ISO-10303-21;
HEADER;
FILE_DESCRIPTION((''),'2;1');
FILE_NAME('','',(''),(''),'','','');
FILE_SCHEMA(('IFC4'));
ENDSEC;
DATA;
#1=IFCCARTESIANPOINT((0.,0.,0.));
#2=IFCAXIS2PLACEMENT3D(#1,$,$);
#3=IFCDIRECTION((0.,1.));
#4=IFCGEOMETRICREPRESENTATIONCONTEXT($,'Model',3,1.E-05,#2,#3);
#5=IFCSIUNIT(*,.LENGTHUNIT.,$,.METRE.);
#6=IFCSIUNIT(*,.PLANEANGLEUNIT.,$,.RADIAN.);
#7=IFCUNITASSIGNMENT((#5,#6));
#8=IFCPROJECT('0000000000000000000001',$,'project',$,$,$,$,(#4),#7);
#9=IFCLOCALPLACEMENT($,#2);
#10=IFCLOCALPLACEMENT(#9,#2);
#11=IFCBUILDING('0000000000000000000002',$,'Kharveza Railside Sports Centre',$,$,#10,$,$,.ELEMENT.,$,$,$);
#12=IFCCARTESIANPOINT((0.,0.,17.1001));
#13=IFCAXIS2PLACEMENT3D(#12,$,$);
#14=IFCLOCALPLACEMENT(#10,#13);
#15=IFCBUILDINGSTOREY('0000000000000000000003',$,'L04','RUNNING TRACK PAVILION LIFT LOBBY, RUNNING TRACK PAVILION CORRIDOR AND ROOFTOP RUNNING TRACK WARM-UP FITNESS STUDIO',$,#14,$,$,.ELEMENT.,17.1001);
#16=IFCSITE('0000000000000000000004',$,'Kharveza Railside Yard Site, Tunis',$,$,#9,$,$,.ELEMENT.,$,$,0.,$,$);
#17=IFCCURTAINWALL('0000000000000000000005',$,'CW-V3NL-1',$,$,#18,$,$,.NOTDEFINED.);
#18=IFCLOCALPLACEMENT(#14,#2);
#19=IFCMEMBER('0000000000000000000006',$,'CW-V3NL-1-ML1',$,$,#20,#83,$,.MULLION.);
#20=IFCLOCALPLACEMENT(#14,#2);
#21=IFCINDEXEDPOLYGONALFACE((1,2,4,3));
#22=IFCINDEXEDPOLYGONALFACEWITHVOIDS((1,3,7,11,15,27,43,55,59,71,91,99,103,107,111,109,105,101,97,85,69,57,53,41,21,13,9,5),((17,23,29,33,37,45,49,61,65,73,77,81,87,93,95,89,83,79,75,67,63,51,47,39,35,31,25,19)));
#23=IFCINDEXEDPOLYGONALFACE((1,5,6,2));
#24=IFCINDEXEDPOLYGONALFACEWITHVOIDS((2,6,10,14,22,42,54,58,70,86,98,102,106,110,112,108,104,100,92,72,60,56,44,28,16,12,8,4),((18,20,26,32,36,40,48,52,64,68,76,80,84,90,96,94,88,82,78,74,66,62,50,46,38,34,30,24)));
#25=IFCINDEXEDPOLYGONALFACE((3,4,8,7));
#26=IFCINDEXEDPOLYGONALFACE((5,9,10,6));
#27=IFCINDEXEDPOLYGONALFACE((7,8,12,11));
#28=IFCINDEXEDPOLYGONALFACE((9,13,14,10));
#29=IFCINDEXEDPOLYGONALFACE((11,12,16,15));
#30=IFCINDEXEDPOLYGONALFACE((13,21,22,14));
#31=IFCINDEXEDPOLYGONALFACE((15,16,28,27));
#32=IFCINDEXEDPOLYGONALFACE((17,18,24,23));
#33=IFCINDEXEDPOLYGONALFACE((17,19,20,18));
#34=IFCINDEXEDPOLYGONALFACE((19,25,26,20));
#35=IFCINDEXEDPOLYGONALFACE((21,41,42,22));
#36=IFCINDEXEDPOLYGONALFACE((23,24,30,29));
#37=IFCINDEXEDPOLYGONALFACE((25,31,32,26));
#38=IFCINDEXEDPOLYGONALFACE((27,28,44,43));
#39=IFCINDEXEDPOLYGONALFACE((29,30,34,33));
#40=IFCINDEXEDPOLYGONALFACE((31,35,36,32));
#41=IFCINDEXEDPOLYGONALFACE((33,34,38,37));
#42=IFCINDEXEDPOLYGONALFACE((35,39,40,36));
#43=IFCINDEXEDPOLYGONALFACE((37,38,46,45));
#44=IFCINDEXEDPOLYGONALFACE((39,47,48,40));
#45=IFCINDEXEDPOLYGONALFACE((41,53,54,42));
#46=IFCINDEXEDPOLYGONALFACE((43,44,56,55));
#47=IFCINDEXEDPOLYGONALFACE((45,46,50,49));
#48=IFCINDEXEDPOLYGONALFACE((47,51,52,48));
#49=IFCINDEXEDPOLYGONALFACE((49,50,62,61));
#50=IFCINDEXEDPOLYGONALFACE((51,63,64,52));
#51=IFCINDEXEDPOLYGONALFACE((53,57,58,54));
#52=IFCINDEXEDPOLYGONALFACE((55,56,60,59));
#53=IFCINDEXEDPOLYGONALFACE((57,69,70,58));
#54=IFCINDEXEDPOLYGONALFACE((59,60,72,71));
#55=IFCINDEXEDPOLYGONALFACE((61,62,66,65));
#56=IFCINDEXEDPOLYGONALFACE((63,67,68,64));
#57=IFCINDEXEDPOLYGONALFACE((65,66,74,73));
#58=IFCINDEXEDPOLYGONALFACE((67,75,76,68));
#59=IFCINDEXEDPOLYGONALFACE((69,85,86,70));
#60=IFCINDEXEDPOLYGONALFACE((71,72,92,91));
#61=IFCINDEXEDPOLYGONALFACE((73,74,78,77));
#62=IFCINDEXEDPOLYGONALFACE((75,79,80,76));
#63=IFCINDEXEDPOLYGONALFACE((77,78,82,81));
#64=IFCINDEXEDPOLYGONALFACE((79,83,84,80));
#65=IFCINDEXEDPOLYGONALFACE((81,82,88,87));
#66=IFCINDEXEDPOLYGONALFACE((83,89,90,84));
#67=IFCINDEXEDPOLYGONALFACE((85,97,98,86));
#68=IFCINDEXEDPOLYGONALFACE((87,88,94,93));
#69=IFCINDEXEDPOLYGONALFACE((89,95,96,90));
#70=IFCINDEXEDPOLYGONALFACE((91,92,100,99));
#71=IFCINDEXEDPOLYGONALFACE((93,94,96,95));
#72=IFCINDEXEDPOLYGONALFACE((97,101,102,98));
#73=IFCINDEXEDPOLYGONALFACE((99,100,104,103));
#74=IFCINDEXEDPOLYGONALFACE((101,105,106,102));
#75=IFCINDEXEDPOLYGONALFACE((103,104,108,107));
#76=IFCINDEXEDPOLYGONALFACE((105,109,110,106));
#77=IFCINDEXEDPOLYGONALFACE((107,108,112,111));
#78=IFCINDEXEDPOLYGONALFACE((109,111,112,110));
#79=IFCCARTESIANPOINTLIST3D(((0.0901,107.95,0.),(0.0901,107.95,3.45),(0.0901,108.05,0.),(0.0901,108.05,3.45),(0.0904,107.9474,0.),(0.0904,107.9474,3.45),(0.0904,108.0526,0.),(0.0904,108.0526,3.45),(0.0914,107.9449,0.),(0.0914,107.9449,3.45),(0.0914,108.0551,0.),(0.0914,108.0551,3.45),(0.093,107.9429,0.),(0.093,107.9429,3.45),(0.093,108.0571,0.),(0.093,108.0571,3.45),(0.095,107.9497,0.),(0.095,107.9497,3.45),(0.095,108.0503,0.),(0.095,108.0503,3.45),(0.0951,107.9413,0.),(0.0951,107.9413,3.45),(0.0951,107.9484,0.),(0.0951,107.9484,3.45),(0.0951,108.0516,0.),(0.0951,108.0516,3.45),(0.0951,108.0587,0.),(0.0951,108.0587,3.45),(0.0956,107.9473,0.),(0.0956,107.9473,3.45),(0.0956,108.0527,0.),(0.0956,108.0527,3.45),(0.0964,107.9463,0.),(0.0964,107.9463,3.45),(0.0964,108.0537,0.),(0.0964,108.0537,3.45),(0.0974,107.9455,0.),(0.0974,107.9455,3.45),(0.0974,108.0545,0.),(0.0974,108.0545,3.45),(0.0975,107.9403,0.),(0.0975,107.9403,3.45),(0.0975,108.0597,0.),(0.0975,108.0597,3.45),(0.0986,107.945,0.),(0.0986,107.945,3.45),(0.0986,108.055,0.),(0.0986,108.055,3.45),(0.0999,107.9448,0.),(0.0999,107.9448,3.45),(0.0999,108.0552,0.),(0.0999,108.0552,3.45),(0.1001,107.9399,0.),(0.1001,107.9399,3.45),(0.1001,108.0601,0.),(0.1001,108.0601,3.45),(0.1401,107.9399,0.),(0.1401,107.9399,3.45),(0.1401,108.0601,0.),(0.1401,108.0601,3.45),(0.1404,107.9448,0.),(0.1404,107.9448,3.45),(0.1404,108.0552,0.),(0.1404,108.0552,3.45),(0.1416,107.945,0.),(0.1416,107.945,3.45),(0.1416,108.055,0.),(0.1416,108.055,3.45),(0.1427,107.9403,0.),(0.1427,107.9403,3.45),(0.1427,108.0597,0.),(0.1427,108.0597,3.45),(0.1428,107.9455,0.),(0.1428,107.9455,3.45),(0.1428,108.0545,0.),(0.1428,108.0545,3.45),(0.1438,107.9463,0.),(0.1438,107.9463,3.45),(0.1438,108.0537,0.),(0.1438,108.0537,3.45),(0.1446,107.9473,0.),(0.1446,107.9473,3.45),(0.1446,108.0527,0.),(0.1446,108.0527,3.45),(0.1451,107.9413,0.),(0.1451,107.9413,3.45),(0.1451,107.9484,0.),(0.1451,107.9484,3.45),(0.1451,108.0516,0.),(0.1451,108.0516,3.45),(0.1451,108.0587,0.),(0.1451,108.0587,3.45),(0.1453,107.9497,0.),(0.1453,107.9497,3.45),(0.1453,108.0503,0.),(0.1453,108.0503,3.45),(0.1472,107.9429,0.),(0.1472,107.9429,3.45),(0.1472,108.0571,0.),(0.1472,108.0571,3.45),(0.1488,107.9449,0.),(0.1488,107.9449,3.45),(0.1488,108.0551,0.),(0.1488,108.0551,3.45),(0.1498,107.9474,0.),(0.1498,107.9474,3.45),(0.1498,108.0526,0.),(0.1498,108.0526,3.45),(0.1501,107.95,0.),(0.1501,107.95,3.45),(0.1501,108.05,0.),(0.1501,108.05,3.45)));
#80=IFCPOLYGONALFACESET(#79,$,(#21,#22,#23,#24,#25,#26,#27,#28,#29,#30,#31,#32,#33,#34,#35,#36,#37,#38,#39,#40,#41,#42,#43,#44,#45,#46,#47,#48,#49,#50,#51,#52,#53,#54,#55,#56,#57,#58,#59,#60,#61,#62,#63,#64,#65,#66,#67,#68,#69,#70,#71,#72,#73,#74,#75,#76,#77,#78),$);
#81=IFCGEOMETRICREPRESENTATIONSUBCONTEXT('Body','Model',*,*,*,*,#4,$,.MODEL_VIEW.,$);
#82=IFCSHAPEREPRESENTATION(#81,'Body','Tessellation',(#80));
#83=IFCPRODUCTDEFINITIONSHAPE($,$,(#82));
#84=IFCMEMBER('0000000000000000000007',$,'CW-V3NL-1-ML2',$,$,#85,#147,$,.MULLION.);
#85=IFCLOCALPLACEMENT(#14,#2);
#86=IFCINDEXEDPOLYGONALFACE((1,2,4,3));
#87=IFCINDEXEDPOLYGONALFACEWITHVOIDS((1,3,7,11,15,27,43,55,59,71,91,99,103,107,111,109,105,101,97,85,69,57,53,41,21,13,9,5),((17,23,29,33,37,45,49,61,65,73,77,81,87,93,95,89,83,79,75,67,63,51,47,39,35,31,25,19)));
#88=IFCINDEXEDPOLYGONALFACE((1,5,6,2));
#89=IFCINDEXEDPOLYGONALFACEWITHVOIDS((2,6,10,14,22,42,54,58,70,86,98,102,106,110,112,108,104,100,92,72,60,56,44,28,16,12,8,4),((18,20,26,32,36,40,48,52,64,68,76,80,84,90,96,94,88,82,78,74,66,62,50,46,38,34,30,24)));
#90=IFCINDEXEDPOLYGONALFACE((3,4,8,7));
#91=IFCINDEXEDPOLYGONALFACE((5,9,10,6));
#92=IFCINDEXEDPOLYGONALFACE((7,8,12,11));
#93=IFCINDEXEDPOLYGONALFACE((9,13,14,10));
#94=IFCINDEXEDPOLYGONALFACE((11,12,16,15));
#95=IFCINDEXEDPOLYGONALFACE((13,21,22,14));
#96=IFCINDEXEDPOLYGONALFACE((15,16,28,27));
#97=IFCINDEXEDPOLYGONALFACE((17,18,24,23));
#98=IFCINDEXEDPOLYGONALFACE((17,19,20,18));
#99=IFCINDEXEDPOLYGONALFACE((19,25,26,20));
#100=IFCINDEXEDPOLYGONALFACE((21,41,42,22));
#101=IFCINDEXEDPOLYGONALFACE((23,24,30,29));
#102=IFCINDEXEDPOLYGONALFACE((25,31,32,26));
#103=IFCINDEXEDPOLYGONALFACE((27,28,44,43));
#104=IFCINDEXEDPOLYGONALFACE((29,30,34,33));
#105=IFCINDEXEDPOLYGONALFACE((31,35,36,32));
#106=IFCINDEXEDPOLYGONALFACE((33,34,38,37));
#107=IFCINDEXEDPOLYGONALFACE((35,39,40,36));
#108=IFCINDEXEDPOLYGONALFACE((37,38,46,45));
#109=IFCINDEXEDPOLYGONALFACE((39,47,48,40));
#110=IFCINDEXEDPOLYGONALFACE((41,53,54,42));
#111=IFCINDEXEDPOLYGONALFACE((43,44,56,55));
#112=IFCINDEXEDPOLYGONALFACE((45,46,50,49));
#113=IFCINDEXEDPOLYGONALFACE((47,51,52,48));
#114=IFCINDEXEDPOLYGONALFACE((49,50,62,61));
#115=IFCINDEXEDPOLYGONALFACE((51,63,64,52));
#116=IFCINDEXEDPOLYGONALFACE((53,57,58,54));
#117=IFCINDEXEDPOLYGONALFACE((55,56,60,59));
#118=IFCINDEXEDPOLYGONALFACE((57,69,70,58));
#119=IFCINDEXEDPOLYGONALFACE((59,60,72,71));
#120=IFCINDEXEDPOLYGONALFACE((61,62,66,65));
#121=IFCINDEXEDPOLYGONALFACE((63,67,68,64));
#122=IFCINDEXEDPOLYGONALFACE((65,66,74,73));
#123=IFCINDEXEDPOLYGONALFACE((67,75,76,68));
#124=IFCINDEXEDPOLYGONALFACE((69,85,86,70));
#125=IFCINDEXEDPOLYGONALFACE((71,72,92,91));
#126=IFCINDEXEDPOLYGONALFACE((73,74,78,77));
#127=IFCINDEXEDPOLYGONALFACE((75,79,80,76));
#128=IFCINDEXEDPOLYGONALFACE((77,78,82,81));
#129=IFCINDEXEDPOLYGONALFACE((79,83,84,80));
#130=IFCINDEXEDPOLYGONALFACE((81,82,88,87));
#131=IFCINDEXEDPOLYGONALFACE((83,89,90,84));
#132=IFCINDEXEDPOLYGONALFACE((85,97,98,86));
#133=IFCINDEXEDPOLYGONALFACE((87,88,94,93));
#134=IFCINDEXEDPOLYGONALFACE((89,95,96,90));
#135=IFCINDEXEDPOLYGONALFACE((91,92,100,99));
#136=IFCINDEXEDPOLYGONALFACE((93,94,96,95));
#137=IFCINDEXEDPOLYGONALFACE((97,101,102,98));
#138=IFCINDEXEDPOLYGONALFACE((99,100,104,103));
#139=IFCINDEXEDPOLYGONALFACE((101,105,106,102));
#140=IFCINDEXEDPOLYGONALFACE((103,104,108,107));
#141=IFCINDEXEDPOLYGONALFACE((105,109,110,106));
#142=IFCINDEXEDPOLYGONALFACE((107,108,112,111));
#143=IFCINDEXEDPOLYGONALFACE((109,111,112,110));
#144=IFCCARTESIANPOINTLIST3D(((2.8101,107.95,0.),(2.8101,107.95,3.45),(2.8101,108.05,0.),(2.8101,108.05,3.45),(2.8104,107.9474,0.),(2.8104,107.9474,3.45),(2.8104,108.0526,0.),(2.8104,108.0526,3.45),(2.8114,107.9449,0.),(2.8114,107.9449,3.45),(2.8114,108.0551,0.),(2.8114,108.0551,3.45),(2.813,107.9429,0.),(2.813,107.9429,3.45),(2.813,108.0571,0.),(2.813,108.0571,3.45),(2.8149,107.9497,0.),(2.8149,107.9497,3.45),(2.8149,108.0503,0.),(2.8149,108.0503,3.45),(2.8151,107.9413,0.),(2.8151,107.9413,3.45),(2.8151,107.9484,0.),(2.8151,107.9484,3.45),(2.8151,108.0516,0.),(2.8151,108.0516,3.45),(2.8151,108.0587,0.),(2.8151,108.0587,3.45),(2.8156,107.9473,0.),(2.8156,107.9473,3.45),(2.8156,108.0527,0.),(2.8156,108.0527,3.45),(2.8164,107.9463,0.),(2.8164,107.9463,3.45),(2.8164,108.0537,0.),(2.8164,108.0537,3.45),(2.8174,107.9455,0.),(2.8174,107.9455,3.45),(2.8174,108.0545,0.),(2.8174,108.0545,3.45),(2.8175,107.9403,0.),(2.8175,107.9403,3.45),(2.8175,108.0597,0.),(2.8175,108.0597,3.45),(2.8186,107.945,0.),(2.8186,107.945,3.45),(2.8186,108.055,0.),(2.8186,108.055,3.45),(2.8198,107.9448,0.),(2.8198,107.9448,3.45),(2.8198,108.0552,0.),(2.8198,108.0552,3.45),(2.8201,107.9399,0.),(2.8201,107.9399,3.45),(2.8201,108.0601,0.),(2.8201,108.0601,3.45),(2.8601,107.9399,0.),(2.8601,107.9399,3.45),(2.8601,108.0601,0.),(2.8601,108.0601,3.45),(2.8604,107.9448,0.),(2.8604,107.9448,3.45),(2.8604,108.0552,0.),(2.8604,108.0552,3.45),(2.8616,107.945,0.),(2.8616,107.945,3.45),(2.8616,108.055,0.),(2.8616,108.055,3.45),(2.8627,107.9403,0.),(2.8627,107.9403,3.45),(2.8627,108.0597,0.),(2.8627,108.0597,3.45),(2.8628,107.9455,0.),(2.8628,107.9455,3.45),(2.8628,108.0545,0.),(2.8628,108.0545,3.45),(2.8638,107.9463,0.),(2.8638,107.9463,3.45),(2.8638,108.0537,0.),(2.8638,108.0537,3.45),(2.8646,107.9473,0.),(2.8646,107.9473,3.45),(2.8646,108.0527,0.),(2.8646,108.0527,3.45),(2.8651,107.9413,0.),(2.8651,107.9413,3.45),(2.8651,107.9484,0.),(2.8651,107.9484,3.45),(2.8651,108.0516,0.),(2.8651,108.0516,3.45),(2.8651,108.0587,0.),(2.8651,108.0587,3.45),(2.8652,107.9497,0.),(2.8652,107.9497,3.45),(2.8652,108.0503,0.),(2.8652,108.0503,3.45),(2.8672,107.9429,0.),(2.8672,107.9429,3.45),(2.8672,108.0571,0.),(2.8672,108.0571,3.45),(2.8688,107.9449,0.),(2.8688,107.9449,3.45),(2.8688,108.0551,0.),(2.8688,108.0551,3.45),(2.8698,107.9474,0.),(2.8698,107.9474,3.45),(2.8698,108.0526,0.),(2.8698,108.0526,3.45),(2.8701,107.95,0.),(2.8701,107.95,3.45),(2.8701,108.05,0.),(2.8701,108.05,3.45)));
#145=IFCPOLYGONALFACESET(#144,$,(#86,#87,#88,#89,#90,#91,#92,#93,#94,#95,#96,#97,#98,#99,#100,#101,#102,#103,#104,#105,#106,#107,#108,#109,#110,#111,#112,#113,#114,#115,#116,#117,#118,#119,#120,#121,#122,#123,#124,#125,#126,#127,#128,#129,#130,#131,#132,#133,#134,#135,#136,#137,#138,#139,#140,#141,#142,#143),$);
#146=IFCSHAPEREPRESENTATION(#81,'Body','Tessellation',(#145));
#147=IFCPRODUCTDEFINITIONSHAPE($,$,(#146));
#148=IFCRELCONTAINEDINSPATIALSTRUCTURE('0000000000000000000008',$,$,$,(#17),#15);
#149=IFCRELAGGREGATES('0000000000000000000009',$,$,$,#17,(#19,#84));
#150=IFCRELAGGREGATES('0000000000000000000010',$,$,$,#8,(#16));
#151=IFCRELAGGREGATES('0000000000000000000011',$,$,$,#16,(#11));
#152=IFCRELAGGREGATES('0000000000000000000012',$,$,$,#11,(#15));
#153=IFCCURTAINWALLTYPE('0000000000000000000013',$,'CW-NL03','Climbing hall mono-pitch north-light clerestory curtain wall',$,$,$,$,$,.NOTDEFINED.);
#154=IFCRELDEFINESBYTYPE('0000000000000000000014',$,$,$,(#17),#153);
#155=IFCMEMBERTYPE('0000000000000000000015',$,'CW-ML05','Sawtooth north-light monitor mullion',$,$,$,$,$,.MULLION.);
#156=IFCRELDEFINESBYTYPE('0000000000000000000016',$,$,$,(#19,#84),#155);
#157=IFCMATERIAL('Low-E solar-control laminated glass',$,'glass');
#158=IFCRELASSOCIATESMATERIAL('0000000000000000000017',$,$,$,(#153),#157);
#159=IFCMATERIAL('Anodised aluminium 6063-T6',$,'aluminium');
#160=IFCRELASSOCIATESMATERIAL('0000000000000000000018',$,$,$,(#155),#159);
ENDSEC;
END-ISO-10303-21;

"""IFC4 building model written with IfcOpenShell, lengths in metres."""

from ifc_helpers import new_model, si_unit, direction, frame, origin, origin_2d, place, context, subcontext, project, spatial, hollow_rectangle, extrude, material, material_profile, profile_set, type_object, element, aggregate, save


model = new_model("IFC4")

# Units and contexts
model_context = context("Model", 3, precision=1e-05, world=origin(), true_north=direction((0.0, 1.0)))
body_context = subcontext(model_context, "Body", "Model", "MODEL_VIEW")
ifc_project = project(units=[si_unit("LENGTHUNIT", "METRE"), si_unit("PLANEANGLEUNIT", "RADIAN")], contexts=[model_context])

# Site, building, storey
site_placement = place(None, origin())
site = spatial("IfcSite", under=ifc_project, at=site_placement, Name="Kharveza Railside Yard Site, Tunis", CompositionType="ELEMENT", RefElevation=0.0)
building_placement = place(site_placement, origin())
building = spatial("IfcBuilding", under=site, at=building_placement, Name="Kharveza Railside Sports Centre", CompositionType="ELEMENT")
storey_placement = place(building_placement, frame((0.0, 0.0, 17.1001)))
storey = spatial("IfcBuildingStorey", under=building, at=storey_placement, Name="L04", Description="RUNNING TRACK PAVILION LIFT LOBBY, RUNNING TRACK PAVILION CORRIDOR AND ROOFTOP RUNNING TRACK WARM-UP FITNESS STUDIO", CompositionType="ELEMENT", Elevation=17.1001)

# Curtain wall, members
ifc_material_1 = material(Name="Low-E solar-control laminated glass", Category="glass")
curtain_wall_type = type_object("IfcCurtainWallType", Name="CW-NL03", Description="Climbing hall mono-pitch north-light clerestory curtain wall", PredefinedType="NOTDEFINED", material=ifc_material_1)
curtain_wall_placement = place(storey_placement, origin())
curtain_wall = element("IfcCurtainWall", 1, at=curtain_wall_placement, inside=storey, type_object=curtain_wall_type, Name="CW-V3NL-1", PredefinedType="NOTDEFINED")
ifc_material_2 = material(Name="Anodised aluminium 6063-T6", Category="aluminium")
ifc_material_profile_1 = material_profile(ifc_material_2, hollow_rectangle(XDim=0.0601, YDim=0.1201, WallThickness=0.0049, InnerFilletRadius=0.0049, OuterFilletRadius=0.01, at=origin_2d()), Name="RHS 60x120x5.0")
ifc_profile_set_1 = profile_set([ifc_material_profile_1], Name="Anodised aluminium 6063-T6")
member_type_1 = type_object("IfcMemberType", Name="CW-ML05", Description="Sawtooth north-light monitor mullion", PredefinedType="MULLION", material=ifc_profile_set_1)
member_1_placement = place(storey_placement, frame((0.1201, 108.0, 0.0), z_axis=(0.0, 0.0, 1.0), x_axis=(1.0, 0.0, 0.0)))
member_1 = element("IfcMember", 2, at=member_1_placement, type_object=member_type_1, Name="CW-V3NL-1-ML1", PredefinedType="MULLION", context=body_context, shape_type="SweptSolid", body=[
    extrude(hollow_rectangle(XDim=0.0601, YDim=0.1201, WallThickness=0.0049, InnerFilletRadius=0.0049, OuterFilletRadius=0.01, at=origin_2d()), origin(), (0.0, 0.0, 1.0), 3.45),
])
member_2_placement = place(storey_placement, frame((2.8401, 108.0, 0.0), z_axis=(0.0, 0.0, 1.0), x_axis=(1.0, 0.0, 0.0)))
member_2 = element("IfcMember", 3, at=member_2_placement, type_object=member_type_1, Name="CW-V3NL-1-ML2", PredefinedType="MULLION", context=body_context, shape_type="SweptSolid", body=[
    extrude(hollow_rectangle(XDim=0.0601, YDim=0.1201, WallThickness=0.0049, InnerFilletRadius=0.0049, OuterFilletRadius=0.01, at=origin_2d()), origin(), (0.0, 0.0, 1.0), 3.45),
])

aggregate(curtain_wall, [member_1, member_2])

save(model, "model.ifc")
